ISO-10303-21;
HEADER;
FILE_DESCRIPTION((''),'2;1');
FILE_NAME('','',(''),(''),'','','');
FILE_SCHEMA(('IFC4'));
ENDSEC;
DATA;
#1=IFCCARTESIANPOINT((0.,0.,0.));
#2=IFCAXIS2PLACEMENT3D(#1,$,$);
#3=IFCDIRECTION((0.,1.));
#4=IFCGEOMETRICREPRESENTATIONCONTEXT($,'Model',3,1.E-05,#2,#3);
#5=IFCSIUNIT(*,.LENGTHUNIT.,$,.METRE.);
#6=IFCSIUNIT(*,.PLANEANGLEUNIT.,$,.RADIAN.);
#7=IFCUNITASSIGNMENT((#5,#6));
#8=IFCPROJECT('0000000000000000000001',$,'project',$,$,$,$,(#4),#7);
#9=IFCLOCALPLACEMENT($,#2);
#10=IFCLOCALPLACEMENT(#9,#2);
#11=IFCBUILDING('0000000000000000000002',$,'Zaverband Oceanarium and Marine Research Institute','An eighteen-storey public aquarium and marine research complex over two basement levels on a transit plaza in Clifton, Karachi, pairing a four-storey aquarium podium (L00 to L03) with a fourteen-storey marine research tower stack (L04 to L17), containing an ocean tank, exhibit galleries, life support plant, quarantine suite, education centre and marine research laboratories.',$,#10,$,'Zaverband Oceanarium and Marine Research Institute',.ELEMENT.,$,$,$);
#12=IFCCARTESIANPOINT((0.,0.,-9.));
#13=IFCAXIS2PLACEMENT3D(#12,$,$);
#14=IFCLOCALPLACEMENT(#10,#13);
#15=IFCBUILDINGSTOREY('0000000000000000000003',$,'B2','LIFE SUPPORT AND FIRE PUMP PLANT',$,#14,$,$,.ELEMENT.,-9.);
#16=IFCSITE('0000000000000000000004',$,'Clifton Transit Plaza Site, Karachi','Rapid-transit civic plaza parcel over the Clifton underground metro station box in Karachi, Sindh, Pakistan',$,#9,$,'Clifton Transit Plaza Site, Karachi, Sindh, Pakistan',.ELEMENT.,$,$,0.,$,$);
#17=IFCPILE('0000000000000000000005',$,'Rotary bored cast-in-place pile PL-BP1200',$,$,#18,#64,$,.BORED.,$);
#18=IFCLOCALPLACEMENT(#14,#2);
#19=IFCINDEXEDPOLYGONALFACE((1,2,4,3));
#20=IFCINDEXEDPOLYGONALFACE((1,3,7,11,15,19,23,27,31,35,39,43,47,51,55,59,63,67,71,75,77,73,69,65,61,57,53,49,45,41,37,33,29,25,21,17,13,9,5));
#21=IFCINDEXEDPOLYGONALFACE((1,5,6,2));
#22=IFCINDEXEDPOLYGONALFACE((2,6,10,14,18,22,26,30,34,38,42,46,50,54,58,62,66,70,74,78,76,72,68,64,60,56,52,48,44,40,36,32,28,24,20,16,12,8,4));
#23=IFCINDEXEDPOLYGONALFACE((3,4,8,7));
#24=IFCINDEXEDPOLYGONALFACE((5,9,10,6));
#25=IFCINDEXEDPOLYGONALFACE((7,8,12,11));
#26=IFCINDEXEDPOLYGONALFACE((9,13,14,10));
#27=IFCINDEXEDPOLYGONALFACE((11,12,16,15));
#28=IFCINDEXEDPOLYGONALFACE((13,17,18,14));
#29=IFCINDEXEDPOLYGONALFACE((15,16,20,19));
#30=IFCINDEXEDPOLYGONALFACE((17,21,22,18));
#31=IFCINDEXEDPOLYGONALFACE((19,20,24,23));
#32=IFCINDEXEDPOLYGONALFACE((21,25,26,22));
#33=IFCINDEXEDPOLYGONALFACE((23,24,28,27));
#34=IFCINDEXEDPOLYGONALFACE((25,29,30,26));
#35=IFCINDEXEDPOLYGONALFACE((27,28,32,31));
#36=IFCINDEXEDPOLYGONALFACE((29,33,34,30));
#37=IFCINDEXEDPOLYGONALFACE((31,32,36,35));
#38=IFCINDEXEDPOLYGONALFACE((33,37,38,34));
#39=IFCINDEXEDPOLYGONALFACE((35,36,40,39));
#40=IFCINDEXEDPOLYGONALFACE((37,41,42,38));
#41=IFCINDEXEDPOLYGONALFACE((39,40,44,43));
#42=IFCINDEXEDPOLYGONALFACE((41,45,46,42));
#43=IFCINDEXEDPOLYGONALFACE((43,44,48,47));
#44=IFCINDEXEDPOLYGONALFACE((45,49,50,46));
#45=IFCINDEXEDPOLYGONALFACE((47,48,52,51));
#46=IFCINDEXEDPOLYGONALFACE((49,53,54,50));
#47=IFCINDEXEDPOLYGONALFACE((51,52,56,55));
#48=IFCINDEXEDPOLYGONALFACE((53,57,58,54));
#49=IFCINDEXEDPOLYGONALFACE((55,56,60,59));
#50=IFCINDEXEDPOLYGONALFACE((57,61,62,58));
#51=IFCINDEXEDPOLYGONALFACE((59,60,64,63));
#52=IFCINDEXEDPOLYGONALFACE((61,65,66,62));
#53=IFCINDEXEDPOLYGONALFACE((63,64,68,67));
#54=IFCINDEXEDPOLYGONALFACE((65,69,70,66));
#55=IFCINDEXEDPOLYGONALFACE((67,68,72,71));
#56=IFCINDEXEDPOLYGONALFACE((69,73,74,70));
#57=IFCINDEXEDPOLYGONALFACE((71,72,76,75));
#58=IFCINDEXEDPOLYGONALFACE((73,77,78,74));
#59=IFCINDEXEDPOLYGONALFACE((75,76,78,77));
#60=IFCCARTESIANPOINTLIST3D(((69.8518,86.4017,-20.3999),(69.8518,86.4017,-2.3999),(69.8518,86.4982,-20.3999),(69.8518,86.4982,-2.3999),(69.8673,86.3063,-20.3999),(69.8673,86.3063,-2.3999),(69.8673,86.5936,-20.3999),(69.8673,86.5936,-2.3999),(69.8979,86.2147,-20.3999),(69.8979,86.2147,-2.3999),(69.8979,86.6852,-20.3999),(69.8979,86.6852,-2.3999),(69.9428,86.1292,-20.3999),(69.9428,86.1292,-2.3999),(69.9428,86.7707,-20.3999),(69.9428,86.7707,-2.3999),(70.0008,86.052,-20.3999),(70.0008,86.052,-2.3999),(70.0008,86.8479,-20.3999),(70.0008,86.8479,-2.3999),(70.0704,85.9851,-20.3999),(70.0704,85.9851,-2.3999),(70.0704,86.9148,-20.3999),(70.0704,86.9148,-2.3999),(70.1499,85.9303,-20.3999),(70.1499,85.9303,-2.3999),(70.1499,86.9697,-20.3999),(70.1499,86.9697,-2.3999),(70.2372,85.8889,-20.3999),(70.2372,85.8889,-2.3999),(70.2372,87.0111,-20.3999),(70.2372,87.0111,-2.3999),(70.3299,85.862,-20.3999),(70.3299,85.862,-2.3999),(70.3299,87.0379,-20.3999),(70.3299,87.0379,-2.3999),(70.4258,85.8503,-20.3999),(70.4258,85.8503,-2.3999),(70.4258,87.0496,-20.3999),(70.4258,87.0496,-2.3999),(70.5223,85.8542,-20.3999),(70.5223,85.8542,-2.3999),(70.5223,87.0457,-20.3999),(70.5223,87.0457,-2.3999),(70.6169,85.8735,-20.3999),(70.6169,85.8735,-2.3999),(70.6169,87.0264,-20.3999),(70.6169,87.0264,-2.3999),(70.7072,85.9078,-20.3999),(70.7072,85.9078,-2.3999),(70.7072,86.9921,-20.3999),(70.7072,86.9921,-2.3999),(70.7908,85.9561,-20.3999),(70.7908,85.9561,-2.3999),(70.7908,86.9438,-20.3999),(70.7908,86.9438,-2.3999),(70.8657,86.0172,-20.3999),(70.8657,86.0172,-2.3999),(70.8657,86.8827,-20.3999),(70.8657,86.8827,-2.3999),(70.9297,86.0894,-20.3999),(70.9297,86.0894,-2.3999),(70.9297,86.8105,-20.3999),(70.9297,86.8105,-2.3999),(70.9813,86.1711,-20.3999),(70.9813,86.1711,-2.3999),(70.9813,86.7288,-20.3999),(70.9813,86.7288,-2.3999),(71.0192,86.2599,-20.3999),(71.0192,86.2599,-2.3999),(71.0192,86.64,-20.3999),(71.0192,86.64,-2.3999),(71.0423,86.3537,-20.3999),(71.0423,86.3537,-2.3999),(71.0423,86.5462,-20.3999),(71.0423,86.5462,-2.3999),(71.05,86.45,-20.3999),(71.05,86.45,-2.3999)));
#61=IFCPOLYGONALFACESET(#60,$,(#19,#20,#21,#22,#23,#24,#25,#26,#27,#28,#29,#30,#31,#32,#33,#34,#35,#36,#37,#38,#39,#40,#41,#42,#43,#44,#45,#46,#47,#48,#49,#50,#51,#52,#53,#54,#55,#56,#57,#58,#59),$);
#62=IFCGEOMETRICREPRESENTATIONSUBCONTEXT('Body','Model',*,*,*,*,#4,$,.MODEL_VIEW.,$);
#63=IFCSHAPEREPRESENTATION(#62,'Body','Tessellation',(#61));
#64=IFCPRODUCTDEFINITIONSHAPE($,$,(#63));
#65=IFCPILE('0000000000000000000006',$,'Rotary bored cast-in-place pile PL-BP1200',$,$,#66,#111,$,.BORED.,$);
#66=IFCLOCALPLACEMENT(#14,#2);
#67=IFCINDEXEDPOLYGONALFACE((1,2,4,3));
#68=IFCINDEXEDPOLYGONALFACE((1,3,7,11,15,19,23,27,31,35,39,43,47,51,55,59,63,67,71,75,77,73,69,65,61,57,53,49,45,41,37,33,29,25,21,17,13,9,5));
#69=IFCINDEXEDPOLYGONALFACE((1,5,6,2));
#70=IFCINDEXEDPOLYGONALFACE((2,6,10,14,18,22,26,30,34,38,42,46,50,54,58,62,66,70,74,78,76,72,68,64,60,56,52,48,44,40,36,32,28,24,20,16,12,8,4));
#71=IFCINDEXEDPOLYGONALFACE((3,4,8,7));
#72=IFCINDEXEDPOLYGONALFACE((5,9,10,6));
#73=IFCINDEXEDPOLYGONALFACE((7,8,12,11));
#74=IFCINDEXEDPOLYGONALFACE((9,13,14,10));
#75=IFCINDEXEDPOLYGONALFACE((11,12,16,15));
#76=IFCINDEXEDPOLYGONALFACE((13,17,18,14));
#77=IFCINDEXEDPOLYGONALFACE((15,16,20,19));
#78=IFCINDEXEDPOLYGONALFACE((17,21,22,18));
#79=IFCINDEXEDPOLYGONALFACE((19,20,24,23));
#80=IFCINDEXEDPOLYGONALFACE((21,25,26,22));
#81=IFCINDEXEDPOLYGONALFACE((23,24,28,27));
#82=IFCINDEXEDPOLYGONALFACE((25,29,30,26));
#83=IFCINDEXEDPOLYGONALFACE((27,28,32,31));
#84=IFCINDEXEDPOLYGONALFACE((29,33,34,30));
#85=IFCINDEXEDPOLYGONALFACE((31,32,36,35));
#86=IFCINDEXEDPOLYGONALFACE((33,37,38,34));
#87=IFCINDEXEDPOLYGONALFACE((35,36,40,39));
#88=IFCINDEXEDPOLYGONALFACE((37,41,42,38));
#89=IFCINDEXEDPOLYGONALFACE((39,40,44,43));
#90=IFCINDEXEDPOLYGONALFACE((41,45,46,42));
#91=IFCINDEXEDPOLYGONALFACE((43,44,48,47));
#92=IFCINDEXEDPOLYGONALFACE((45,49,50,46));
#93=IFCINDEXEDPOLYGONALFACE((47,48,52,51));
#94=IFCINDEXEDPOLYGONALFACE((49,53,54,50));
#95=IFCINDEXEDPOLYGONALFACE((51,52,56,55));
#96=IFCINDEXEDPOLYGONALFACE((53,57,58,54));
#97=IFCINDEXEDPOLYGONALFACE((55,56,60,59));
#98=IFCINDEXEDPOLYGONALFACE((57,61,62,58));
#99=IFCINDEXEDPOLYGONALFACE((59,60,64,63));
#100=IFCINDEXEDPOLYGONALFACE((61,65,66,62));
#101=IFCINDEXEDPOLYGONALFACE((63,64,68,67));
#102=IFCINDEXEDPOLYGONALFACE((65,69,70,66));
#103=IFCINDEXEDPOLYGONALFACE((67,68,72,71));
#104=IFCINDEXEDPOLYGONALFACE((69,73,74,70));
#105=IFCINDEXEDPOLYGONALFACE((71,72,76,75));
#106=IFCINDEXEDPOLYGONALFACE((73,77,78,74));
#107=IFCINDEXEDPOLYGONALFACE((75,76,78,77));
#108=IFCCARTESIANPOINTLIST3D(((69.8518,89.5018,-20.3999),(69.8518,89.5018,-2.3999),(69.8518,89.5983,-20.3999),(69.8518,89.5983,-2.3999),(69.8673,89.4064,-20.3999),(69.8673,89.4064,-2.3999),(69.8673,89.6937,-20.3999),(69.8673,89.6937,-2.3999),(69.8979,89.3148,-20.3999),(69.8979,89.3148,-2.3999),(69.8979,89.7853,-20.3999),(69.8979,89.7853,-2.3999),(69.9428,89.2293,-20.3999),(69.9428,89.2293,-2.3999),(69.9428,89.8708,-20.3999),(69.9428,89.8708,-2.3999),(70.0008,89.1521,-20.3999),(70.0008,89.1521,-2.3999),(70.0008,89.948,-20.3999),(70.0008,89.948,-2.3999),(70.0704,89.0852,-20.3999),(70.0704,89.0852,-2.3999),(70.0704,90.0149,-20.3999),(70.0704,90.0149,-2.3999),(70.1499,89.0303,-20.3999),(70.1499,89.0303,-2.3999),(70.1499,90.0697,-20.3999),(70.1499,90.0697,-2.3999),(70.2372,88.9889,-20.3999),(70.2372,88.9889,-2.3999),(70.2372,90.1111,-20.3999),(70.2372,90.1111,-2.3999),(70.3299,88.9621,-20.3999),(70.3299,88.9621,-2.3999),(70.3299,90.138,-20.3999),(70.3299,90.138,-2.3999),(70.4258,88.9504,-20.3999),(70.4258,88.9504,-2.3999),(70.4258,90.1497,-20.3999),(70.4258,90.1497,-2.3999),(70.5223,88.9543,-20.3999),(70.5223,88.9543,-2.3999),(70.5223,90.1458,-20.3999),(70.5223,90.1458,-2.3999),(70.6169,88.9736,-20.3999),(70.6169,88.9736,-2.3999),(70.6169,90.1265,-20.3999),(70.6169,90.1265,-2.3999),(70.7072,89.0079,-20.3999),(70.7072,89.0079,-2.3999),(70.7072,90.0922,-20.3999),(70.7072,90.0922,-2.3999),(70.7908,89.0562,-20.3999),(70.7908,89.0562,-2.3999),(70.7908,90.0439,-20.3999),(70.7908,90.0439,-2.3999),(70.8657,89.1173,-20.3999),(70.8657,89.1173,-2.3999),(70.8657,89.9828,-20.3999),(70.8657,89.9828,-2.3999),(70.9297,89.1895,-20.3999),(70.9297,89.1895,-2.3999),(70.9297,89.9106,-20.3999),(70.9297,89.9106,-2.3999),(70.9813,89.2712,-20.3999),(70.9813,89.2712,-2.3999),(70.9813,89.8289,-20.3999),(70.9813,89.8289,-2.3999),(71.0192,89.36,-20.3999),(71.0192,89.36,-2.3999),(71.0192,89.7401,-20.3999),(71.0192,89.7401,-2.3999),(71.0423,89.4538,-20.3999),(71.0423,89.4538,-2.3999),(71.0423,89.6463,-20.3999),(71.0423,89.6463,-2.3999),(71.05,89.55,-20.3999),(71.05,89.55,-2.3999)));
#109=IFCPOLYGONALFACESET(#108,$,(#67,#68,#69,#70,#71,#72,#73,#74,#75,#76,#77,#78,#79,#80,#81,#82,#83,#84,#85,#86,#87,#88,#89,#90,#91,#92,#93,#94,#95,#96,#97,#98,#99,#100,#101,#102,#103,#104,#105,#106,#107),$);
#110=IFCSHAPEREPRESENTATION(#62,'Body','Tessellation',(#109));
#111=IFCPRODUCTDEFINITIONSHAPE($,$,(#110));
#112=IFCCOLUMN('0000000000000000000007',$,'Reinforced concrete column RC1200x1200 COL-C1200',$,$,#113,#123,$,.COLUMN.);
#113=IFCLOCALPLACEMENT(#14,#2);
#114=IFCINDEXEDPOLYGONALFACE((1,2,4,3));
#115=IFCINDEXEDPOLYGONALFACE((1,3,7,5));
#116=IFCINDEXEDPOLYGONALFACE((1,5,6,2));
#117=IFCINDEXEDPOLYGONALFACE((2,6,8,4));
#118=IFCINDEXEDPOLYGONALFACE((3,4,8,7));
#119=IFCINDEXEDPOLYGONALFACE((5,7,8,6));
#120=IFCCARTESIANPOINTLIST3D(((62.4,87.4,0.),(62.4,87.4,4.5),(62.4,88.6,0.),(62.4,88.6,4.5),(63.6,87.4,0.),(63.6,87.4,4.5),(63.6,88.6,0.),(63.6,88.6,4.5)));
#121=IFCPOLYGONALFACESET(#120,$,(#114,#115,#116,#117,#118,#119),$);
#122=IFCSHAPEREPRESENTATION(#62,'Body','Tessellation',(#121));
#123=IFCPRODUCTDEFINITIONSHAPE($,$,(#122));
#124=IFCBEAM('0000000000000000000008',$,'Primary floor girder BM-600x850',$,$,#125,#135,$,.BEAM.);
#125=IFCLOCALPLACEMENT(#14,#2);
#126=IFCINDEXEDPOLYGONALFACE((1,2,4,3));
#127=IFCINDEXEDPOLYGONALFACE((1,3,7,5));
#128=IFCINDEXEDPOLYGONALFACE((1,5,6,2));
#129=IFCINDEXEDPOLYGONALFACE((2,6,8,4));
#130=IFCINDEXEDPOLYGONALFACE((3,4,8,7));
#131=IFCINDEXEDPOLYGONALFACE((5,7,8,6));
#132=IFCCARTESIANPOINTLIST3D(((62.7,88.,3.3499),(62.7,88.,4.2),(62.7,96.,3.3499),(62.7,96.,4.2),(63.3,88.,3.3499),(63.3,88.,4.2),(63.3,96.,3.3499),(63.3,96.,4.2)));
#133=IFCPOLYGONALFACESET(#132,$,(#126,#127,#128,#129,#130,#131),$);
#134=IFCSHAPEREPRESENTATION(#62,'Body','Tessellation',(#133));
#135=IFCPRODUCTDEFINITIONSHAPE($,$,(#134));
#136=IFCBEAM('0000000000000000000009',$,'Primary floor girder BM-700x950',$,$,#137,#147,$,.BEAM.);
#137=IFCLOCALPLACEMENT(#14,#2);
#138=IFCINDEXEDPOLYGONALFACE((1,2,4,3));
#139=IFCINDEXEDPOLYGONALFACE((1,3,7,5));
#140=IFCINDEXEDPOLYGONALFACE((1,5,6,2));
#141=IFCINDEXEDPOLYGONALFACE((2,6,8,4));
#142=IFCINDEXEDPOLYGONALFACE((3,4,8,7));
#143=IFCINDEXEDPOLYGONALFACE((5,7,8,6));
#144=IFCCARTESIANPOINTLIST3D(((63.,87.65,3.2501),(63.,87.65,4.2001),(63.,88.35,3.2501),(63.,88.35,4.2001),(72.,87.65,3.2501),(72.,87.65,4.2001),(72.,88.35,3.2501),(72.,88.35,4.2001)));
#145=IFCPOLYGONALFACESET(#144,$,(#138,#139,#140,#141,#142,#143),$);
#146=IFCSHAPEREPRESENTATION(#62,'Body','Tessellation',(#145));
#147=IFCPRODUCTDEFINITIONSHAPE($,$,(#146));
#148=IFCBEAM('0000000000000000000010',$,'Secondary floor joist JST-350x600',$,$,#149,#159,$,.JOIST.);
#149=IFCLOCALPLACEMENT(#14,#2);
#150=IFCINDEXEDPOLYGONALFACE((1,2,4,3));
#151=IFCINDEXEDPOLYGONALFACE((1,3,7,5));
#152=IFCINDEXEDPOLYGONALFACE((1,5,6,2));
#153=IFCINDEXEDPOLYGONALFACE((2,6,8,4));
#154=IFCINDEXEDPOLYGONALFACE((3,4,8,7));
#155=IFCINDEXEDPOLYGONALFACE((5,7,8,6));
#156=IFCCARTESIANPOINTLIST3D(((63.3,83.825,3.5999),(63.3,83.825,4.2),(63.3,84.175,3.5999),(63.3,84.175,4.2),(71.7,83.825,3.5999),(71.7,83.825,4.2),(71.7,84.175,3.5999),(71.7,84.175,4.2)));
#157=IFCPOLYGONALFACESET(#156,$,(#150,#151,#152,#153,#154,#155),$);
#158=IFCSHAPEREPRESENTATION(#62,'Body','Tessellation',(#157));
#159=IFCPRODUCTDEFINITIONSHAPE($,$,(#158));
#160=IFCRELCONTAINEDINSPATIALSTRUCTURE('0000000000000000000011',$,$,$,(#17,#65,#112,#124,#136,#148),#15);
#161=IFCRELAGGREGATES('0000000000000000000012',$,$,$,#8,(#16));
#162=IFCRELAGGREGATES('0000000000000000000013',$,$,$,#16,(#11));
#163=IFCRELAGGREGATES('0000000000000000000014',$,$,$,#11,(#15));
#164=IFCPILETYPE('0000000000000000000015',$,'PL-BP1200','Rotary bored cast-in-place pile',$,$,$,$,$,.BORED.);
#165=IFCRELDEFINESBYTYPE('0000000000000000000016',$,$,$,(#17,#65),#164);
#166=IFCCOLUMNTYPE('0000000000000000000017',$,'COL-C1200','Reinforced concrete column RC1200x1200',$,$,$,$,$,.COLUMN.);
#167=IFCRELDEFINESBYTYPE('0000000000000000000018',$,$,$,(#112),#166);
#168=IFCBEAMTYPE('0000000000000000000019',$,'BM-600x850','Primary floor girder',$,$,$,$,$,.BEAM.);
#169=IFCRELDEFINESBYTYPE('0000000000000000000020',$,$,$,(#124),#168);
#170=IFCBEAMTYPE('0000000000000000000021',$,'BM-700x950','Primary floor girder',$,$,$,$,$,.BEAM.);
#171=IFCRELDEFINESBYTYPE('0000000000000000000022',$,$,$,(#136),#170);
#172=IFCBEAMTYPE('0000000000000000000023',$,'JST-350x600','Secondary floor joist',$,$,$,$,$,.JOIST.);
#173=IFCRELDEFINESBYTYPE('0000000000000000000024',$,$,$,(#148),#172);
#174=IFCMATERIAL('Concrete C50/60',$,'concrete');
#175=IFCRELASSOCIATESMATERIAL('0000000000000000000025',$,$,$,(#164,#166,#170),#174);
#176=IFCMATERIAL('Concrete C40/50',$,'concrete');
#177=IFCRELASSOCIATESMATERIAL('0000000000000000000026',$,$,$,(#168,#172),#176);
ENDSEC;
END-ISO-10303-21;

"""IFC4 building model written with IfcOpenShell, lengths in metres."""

from ifc_helpers import new_model, si_unit, direction, frame, origin, origin_2d, place, context, subcontext, project, spatial, rectangle, circle, extrude, material, material_profile, profile_set, type_object, element, save


model = new_model("IFC4")

# Units and contexts
model_context = context("Model", 3, precision=1e-05, world=origin(), true_north=direction((0.0, 1.0)))
body_context = subcontext(model_context, "Body", "Model", "MODEL_VIEW")
ifc_project = project(units=[si_unit("LENGTHUNIT", "METRE"), si_unit("PLANEANGLEUNIT", "RADIAN")], contexts=[model_context])

# Site, building, storey
site_placement = place(None, origin())
site = spatial("IfcSite", under=ifc_project, at=site_placement, Name="Clifton Transit Plaza Site, Karachi", Description="Rapid-transit civic plaza parcel over the Clifton underground metro station box in Karachi, Sindh, Pakistan", LongName="Clifton Transit Plaza Site, Karachi, Sindh, Pakistan", CompositionType="ELEMENT", RefElevation=0.0)
building_placement = place(site_placement, origin())
building = spatial("IfcBuilding", under=site, at=building_placement, Name="Zaverband Oceanarium and Marine Research Institute", Description="An eighteen-storey public aquarium and marine research complex over two basement levels on a transit plaza in Clifton, Karachi, pairing a four-storey aquarium podium (L00 to L03) with a fourteen-storey marine research tower stack (L04 to L17), containing an ocean tank, exhibit galleries, life support plant, quarantine suite, education centre and marine research laboratories.", LongName="Zaverband Oceanarium and Marine Research Institute", CompositionType="ELEMENT")
storey_placement = place(building_placement, frame((0.0, 0.0, -9.0)))
storey = spatial("IfcBuildingStorey", under=building, at=storey_placement, Name="B2", Description="LIFE SUPPORT AND FIRE PUMP PLANT", CompositionType="ELEMENT", Elevation=-9.0)

# Shared definitions
ifc_material_1 = material(Name="Concrete C50/60", Category="concrete")

# Piles
ifc_material_profile_1 = material_profile(ifc_material_1, circle(Radius=0.6001, at=origin_2d()), Name="BP1200")
ifc_profile_set_1 = profile_set([ifc_material_profile_1], Name="Concrete C50/60")
pile_type = type_object("IfcPileType", Name="PL-BP1200", Description="Rotary bored cast-in-place pile", PredefinedType="BORED", material=ifc_profile_set_1)
for number, where, z_axis, x_axis, name in (
    (1, (70.45, 86.45, -2.3999), (0.0, 0.0, -1.0), (1.0, 0.0, 0.0), "Rotary bored cast-in-place pile PL-BP1200"),
    (2, (70.45, 89.55, -2.3999), (0.0, 0.0, -1.0), (1.0, 0.0, 0.0), "Rotary bored cast-in-place pile PL-BP1200"),
):
    element("IfcPile", number, at=place(storey_placement, frame(where, z_axis=z_axis, x_axis=x_axis)), inside=storey, type_object=pile_type, Name=name, PredefinedType="BORED", context=body_context, shape_type="SweptSolid", body=[
        extrude(circle(Radius=0.6001, at=origin_2d()), origin(), (0.0, 0.0, 1.0), 18.0),
    ])

# Column
ifc_material_profile_2 = material_profile(ifc_material_1, rectangle(XDim=1.2, YDim=1.2, at=origin_2d()), Name="RC1200x1200")
ifc_profile_set_2 = profile_set([ifc_material_profile_2], Name="Concrete C50/60")
column_type = type_object("IfcColumnType", Name="COL-C1200", Description="Reinforced concrete column RC1200x1200", PredefinedType="COLUMN", material=ifc_profile_set_2)
column_placement = place(storey_placement, frame((63.0, 88.0, 0.0), z_axis=(0.0, 0.0, 1.0), x_axis=(1.0, 0.0, 0.0)))
element("IfcColumn", 3, at=column_placement, inside=storey, type_object=column_type, Name="Reinforced concrete column RC1200x1200 COL-C1200", PredefinedType="COLUMN", context=body_context, shape_type="SweptSolid", body=[
    extrude(rectangle(XDim=1.2, YDim=1.2, at=origin_2d()), origin(), (0.0, 0.0, 1.0), 4.5),
])

# Beams
ifc_material_2 = material(Name="Concrete C40/50", Category="concrete")
ifc_material_profile_3 = material_profile(ifc_material_2, rectangle(XDim=0.6001, YDim=0.8501, at=origin_2d()), Name="RC600x850")
ifc_profile_set_3 = profile_set([ifc_material_profile_3], Name="Concrete C40/50")
beam_type_1 = type_object("IfcBeamType", Name="BM-600x850", Description="Primary floor girder", PredefinedType="BEAM", material=ifc_profile_set_3)
beam_1_placement = place(storey_placement, frame((63.0, 88.0, 3.7749), z_axis=(0.0, 1.0, 0.0), x_axis=(-1.0, 0.0, 0.0)))
element("IfcBeam", 4, at=beam_1_placement, inside=storey, type_object=beam_type_1, Name="Primary floor girder BM-600x850", PredefinedType="BEAM", context=body_context, shape_type="SweptSolid", body=[
    extrude(rectangle(XDim=0.6001, YDim=0.8501, at=origin_2d()), origin(), (0.0, 0.0, 1.0), 8.0),
])
ifc_material_profile_4 = material_profile(ifc_material_1, rectangle(XDim=0.7, YDim=0.95, at=origin_2d()), Name="RC700x950")
ifc_profile_set_4 = profile_set([ifc_material_profile_4], Name="Concrete C50/60")
beam_type_2 = type_object("IfcBeamType", Name="BM-700x950", Description="Primary floor girder", PredefinedType="BEAM", material=ifc_profile_set_4)
beam_2_placement = place(storey_placement, frame((63.0, 88.0, 3.7251), z_axis=(1.0, 0.0, 0.0), x_axis=(0.0, 1.0, 0.0)))
element("IfcBeam", 5, at=beam_2_placement, inside=storey, type_object=beam_type_2, Name="Primary floor girder BM-700x950", PredefinedType="BEAM", context=body_context, shape_type="SweptSolid", body=[
    extrude(rectangle(XDim=0.7, YDim=0.95, at=origin_2d()), origin(), (0.0, 0.0, 1.0), 9.0),
])
ifc_material_profile_5 = material_profile(ifc_material_2, rectangle(XDim=0.3501, YDim=0.6001, at=origin_2d()), Name="RC350x600")
ifc_profile_set_5 = profile_set([ifc_material_profile_5], Name="Concrete C40/50")
beam_type_3 = type_object("IfcBeamType", Name="JST-350x600", Description="Secondary floor joist", PredefinedType="JOIST", material=ifc_profile_set_5)
beam_3_placement = place(storey_placement, frame((63.3, 84.0, 3.8999), z_axis=(1.0, 0.0, 0.0), x_axis=(0.0, 1.0, 0.0)))
element("IfcBeam", 6, at=beam_3_placement, inside=storey, type_object=beam_type_3, Name="Secondary floor joist JST-350x600", PredefinedType="JOIST", context=body_context, shape_type="SweptSolid", body=[
    extrude(rectangle(XDim=0.3501, YDim=0.6001, at=origin_2d()), origin(), (0.0, 0.0, 1.0), 8.3999),
])

save(model, "model.ifc")
